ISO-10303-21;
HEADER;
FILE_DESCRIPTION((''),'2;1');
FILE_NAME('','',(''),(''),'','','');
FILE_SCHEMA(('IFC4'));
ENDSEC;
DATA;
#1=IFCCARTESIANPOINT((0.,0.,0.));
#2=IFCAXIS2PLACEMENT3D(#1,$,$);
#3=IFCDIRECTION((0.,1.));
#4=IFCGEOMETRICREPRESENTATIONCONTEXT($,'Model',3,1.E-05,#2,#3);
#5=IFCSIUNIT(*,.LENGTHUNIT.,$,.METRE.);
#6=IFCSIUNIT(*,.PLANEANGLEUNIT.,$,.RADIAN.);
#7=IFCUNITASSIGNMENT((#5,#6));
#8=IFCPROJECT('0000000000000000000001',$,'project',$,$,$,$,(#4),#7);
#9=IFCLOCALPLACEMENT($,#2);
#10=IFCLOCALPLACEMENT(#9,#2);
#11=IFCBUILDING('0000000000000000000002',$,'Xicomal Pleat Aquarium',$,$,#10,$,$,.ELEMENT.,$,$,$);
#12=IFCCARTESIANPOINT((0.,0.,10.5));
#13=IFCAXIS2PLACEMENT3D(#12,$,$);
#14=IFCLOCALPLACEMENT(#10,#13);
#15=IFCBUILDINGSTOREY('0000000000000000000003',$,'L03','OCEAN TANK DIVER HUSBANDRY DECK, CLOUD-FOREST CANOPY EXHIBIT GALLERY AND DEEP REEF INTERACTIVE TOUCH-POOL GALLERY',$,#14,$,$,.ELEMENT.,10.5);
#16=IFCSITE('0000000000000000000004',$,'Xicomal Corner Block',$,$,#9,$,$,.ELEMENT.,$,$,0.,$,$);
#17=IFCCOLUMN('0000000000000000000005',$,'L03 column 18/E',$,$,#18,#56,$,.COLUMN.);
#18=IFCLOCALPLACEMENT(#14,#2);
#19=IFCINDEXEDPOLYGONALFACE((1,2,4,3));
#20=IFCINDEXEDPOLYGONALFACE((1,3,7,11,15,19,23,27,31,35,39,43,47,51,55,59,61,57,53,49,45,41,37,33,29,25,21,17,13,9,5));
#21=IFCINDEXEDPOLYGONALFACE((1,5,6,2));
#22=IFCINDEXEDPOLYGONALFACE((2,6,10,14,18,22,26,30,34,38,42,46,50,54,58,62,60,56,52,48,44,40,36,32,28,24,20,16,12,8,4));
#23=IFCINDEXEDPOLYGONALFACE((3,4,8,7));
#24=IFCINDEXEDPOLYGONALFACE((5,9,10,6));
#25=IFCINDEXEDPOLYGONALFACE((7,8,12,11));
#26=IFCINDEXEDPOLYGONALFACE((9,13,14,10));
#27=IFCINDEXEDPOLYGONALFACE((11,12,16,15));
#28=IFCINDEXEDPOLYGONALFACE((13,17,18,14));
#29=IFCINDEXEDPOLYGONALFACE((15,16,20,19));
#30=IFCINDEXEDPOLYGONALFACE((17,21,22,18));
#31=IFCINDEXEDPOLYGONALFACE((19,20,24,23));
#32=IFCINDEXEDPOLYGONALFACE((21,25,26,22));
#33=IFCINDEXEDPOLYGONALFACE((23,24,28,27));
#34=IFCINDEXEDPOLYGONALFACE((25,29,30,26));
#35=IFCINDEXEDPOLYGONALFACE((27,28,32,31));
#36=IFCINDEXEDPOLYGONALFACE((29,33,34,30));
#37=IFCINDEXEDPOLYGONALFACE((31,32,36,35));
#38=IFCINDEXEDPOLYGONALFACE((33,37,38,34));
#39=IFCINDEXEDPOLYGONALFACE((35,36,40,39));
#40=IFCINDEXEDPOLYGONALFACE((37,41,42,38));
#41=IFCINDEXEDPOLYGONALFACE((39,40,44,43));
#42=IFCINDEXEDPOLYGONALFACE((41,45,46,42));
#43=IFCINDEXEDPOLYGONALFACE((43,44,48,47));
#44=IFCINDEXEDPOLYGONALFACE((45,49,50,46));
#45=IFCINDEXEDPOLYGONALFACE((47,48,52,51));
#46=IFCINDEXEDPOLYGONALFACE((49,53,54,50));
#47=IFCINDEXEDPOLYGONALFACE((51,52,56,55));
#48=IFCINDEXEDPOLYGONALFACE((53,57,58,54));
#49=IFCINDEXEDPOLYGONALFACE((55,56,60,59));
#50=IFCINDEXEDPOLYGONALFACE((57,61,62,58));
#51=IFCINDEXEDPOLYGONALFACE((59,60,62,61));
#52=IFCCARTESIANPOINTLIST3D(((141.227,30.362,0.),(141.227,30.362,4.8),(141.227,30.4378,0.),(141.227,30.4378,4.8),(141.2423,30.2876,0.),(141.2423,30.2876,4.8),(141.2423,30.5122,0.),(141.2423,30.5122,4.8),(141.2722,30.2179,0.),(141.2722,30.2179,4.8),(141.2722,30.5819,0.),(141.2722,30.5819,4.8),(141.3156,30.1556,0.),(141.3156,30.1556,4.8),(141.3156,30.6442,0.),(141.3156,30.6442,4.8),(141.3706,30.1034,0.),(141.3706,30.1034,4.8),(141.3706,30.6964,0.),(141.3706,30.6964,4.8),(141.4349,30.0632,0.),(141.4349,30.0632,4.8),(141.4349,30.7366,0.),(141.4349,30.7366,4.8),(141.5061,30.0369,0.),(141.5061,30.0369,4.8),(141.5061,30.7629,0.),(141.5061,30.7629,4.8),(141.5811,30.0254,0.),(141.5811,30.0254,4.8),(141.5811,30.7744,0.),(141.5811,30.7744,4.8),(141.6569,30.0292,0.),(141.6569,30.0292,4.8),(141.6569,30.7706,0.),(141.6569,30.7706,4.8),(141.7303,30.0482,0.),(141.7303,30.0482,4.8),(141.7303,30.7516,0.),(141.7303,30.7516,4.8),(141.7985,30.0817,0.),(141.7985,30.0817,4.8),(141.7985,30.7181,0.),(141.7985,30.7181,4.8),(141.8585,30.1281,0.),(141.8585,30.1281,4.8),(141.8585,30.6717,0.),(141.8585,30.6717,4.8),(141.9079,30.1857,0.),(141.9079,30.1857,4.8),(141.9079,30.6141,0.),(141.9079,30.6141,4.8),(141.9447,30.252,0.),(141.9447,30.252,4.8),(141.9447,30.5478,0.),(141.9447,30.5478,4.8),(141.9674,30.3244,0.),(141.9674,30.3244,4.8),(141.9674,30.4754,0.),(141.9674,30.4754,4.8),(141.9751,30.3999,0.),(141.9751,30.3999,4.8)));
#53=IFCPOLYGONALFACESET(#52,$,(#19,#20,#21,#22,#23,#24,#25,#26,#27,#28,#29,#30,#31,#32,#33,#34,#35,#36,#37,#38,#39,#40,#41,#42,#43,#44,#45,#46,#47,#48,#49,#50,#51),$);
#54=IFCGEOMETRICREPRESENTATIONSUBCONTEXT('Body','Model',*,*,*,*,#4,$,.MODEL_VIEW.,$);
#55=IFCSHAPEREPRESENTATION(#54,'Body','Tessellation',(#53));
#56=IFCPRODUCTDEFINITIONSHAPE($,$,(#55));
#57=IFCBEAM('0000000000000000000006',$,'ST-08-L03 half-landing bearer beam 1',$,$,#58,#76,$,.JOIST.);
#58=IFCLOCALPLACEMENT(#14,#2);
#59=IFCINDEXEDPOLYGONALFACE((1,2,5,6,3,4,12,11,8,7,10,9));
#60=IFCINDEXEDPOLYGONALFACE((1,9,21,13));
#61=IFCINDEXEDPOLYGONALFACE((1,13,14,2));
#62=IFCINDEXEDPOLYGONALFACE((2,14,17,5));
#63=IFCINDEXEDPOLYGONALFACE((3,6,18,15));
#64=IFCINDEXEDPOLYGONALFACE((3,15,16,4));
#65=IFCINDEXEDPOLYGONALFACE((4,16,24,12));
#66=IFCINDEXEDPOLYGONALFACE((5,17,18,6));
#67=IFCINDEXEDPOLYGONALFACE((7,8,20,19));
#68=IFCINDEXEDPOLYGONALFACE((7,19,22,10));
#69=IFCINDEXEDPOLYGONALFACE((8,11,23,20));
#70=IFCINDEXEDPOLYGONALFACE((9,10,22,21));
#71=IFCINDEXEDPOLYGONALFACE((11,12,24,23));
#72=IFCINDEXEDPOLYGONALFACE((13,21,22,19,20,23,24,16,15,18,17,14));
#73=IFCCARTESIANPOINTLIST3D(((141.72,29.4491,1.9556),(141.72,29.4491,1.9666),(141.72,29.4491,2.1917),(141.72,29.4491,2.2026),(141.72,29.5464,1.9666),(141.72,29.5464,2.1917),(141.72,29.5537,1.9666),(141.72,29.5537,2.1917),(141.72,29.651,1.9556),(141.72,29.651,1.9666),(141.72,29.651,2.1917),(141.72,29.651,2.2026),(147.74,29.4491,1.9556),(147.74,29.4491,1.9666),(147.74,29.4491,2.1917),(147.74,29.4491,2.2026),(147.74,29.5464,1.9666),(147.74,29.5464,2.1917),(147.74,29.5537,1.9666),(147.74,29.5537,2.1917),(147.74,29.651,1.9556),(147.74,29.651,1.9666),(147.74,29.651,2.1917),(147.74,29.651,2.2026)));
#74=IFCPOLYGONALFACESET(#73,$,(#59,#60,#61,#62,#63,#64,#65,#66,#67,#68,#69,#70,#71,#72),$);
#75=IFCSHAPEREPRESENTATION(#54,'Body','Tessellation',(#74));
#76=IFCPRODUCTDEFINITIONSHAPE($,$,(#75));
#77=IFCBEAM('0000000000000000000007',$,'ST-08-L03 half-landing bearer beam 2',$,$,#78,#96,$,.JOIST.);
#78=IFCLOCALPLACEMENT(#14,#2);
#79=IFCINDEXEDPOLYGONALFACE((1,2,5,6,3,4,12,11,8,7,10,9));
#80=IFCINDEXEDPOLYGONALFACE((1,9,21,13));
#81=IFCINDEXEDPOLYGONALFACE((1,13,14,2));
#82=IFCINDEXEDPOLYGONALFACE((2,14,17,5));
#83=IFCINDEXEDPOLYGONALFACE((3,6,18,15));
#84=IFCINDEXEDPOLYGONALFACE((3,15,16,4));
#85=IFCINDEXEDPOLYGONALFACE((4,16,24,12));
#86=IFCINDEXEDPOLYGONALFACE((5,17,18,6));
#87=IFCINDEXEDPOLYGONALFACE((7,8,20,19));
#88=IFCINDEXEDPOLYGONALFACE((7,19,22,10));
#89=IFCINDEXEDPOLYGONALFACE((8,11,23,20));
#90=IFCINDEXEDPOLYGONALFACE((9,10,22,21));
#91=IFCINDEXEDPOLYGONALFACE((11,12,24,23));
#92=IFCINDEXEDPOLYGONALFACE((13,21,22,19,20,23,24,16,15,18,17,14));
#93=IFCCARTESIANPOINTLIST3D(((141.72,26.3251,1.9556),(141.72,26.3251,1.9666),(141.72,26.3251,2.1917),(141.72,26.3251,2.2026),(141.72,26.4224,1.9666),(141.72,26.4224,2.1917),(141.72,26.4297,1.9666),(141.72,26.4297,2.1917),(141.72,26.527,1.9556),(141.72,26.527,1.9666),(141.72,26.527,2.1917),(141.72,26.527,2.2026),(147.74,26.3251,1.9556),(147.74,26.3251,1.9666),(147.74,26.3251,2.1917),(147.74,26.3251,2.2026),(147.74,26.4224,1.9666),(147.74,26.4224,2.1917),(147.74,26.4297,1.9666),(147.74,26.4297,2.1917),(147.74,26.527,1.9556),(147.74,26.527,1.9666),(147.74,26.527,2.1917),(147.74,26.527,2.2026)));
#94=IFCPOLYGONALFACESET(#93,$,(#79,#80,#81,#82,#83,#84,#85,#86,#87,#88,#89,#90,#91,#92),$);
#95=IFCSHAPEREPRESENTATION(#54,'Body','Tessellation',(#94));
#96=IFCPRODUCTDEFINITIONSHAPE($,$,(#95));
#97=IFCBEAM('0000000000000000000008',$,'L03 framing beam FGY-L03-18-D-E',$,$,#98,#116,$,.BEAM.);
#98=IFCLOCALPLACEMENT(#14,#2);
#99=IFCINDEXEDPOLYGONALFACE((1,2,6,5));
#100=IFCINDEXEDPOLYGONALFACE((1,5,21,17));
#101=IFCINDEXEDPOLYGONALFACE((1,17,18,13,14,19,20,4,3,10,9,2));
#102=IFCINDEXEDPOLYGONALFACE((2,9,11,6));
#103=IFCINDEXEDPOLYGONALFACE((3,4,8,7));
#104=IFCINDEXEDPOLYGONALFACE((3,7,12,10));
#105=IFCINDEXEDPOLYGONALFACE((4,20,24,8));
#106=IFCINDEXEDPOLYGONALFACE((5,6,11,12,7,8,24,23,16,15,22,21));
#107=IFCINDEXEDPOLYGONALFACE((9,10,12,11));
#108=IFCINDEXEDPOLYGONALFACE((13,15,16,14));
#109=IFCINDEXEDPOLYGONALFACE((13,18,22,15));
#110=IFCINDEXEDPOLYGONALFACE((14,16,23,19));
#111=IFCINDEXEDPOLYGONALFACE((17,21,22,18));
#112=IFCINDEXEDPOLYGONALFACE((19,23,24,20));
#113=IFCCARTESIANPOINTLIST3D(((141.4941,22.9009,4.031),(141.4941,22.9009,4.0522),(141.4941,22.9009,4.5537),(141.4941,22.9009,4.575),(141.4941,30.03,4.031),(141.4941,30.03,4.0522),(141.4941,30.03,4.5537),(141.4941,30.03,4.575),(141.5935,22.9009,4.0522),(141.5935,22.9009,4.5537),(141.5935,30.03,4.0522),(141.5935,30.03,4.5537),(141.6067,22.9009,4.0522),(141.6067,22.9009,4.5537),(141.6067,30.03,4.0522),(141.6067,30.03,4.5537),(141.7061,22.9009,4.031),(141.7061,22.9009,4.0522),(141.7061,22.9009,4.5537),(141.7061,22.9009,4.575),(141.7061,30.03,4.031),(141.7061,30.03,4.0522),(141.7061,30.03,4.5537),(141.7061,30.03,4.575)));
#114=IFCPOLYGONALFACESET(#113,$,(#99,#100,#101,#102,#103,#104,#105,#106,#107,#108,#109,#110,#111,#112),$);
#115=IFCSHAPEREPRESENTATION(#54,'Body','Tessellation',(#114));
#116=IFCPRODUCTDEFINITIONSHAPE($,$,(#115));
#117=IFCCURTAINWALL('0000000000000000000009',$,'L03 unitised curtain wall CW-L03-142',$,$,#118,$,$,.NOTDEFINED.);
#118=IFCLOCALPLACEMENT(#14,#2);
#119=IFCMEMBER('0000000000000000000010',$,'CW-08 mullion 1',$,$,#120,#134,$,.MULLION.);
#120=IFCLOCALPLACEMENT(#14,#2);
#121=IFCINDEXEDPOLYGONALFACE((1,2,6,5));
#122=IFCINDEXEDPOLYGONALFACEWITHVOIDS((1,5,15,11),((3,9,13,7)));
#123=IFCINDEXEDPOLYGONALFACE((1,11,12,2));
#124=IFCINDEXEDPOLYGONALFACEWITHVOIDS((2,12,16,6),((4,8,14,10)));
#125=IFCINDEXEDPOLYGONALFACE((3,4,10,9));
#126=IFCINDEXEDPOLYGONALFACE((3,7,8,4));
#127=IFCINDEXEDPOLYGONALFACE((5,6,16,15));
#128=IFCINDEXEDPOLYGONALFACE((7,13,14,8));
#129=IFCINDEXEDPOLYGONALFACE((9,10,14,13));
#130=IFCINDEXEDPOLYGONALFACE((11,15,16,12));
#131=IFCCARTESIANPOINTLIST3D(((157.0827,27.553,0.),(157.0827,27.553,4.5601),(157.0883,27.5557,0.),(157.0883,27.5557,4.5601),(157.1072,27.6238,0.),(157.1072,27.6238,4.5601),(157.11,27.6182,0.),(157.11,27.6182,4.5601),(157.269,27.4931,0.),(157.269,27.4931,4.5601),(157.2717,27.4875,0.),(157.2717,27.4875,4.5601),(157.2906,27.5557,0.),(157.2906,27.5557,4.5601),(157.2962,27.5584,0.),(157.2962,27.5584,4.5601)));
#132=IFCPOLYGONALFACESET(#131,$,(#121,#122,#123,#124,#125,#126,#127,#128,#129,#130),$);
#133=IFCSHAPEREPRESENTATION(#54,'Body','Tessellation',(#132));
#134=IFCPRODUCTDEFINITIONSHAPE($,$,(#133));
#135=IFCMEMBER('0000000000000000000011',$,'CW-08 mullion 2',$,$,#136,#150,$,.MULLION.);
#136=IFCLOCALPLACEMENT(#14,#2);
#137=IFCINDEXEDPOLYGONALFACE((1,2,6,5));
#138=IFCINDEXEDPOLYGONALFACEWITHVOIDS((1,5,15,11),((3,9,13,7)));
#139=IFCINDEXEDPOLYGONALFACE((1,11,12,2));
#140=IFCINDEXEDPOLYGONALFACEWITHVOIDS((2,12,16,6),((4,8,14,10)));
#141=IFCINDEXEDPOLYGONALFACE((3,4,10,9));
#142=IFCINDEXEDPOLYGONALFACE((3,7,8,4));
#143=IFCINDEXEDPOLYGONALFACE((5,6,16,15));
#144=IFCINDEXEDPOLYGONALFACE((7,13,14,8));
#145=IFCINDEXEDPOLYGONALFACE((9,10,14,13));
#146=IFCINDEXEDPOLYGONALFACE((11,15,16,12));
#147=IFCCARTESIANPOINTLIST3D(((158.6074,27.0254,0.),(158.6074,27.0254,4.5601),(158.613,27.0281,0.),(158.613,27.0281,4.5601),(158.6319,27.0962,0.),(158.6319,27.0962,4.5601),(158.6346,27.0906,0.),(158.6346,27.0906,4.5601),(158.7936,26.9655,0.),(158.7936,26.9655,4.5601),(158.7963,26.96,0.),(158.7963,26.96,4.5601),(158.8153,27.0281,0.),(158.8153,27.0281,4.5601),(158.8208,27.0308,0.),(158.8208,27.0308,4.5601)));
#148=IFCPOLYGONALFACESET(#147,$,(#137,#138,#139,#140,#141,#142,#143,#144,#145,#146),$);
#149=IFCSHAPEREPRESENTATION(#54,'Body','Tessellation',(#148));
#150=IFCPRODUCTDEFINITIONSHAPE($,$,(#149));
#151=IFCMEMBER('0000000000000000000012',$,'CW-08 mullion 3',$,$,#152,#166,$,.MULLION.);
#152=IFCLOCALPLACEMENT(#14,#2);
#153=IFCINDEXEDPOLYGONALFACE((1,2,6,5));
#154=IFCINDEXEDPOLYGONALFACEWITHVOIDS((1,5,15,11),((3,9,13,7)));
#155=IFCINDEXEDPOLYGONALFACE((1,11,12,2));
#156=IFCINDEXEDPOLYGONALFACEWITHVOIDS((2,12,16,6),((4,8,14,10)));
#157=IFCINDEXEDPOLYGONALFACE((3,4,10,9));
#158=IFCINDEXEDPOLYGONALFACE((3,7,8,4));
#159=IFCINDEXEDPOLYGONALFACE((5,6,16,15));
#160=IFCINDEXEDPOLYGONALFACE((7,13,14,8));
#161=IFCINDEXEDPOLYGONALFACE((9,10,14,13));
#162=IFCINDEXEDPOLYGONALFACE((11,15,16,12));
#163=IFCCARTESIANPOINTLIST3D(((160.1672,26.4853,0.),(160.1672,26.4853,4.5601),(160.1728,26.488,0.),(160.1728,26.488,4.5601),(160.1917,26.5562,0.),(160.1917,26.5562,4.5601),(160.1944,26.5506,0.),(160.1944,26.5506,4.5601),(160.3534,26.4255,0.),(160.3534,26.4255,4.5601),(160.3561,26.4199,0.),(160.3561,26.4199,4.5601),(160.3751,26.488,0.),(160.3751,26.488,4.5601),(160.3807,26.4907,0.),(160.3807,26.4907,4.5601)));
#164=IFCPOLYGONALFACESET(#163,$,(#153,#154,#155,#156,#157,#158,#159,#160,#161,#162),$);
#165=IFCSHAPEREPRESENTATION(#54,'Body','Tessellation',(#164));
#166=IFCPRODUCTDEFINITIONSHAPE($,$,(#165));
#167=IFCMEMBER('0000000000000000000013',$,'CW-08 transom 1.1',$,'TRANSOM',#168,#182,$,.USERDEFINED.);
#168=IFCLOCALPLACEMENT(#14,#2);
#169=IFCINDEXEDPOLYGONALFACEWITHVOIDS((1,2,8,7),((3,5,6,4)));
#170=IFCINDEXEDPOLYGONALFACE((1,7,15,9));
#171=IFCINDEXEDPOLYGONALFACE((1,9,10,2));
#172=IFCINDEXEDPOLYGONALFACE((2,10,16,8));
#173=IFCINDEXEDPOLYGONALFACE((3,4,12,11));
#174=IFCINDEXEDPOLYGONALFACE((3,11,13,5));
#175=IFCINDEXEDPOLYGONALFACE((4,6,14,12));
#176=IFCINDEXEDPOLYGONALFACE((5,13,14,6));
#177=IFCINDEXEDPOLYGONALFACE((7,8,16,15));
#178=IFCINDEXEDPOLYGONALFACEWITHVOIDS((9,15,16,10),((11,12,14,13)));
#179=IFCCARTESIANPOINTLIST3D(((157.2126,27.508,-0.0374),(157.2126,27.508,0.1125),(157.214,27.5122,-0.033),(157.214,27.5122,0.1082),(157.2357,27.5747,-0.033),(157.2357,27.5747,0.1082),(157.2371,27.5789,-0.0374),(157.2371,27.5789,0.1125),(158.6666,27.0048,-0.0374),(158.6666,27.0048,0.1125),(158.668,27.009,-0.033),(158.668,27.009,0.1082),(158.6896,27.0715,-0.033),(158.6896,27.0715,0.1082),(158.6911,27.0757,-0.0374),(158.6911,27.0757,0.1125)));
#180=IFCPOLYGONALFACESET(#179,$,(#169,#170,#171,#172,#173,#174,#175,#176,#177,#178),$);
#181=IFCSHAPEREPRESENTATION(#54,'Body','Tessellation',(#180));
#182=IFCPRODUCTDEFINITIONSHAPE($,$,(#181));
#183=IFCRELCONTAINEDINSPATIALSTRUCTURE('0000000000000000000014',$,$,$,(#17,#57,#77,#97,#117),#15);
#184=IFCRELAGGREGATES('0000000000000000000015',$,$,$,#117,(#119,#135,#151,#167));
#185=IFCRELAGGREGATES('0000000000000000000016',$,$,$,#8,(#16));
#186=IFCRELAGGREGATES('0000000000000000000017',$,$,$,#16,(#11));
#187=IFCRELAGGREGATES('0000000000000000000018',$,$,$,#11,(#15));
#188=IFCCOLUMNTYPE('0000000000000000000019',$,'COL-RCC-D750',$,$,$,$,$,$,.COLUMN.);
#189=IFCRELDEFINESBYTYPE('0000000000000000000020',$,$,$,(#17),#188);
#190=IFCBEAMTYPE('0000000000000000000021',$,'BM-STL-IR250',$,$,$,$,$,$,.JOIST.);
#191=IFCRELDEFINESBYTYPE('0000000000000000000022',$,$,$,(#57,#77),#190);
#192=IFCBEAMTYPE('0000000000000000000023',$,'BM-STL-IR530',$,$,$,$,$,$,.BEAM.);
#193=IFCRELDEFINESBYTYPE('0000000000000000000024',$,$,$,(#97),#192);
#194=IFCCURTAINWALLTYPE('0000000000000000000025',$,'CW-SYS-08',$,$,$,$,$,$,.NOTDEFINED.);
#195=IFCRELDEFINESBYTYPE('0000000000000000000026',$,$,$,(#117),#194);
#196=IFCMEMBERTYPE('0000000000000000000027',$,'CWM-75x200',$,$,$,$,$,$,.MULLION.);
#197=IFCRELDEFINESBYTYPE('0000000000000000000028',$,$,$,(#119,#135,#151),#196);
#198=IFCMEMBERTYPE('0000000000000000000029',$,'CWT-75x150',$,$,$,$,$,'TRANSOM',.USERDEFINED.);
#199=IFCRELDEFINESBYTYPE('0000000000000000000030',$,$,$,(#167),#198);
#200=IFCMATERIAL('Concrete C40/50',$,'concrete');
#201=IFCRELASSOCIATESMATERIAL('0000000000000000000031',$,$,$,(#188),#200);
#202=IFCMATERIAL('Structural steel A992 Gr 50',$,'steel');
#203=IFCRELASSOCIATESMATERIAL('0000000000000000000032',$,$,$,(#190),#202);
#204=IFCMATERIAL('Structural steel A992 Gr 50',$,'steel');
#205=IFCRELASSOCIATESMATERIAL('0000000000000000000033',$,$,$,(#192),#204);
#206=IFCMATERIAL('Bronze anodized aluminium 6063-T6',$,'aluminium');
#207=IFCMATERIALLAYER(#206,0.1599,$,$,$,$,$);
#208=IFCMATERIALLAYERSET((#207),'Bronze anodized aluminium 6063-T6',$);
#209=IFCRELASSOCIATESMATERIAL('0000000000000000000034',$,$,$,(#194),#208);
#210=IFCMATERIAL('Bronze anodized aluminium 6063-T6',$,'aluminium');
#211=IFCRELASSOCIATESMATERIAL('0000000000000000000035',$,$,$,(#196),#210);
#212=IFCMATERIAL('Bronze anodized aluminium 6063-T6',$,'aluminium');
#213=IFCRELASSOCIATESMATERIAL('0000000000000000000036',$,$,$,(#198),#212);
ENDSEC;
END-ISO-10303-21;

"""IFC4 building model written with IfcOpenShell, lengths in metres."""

from ifc_helpers import new_model, si_unit, direction, frame, origin, origin_2d, place, context, subcontext, project, spatial, hollow_rectangle, circle, i_section, extrude, material, layer, layer_set, material_profile, profile_set, type_object, element, aggregate, save


model = new_model("IFC4")

# Units and contexts
model_context = context("Model", 3, precision=1e-05, world=origin(), true_north=direction((0.0, 1.0)))
body_context = subcontext(model_context, "Body", "Model", "MODEL_VIEW")
ifc_project = project(units=[si_unit("LENGTHUNIT", "METRE"), si_unit("PLANEANGLEUNIT", "RADIAN")], contexts=[model_context])

# Site, building, storey
site_placement = place(None, origin())
site = spatial("IfcSite", under=ifc_project, at=site_placement, Name="Xicomal Corner Block", CompositionType="ELEMENT", RefElevation=0.0)
building_placement = place(site_placement, origin())
building = spatial("IfcBuilding", under=site, at=building_placement, Name="Xicomal Pleat Aquarium", CompositionType="ELEMENT")
storey_placement = place(building_placement, frame((0.0, 0.0, 10.5)))
storey = spatial("IfcBuildingStorey", under=building, at=storey_placement, Name="L03", Description="OCEAN TANK DIVER HUSBANDRY DECK, CLOUD-FOREST CANOPY EXHIBIT GALLERY AND DEEP REEF INTERACTIVE TOUCH-POOL GALLERY", CompositionType="ELEMENT", Elevation=10.5)

# Column
ifc_material_1 = material(Name="Concrete C40/50", Category="concrete")
ifc_material_profile_1 = material_profile(ifc_material_1, circle(Radius=0.375, at=origin_2d()), Name="RCC D750")
ifc_profile_set_1 = profile_set([ifc_material_profile_1], Name="Concrete C40/50")
column_type = type_object("IfcColumnType", Name="COL-RCC-D750", PredefinedType="COLUMN", material=ifc_profile_set_1)
column_placement = place(storey_placement, frame((141.6001, 30.3999, 0.0), z_axis=(0.0, 0.0, 1.0), x_axis=(1.0, 0.0, 0.0)))
element("IfcColumn", 1, at=column_placement, inside=storey, type_object=column_type, Name="L03 column 18/E", PredefinedType="COLUMN", context=body_context, shape_type="SweptSolid", body=[
    extrude(circle(Radius=0.375, at=origin_2d()), origin(), (0.0, 0.0, 1.0), 4.8),
])

# Beams
ifc_material_2 = material(Name="Structural steel A992 Gr 50", Category="steel")
ifc_material_profile_2 = material_profile(ifc_material_2, i_section(OverallWidth=0.2019, OverallDepth=0.2471, WebThickness=0.0073, FlangeThickness=0.011, at=origin_2d()), Name="IR 250x49")
ifc_profile_set_2 = profile_set([ifc_material_profile_2], Name="Structural steel A992 Gr 50")
beam_type_1 = type_object("IfcBeamType", Name="BM-STL-IR250", PredefinedType="JOIST", material=ifc_profile_set_2)
for number, where, z_axis, x_axis, name in (
    (2, (141.72, 29.55, 2.0791), (1.0, 0.0, 0.0), (0.0, 1.0, 0.0), "ST-08-L03 half-landing bearer beam 1"),
    (3, (141.72, 26.426, 2.0791), (1.0, 0.0, 0.0), (0.0, 1.0, 0.0), "ST-08-L03 half-landing bearer beam 2"),
):
    element("IfcBeam", number, at=place(storey_placement, frame(where, z_axis=z_axis, x_axis=x_axis)), inside=storey, type_object=beam_type_1, Name=name, PredefinedType="JOIST", context=body_context, shape_type="SweptSolid", body=[
        extrude(i_section(OverallWidth=0.2019, OverallDepth=0.2471, WebThickness=0.0073, FlangeThickness=0.011, at=origin_2d()), origin(), (0.0, 0.0, 1.0), 6.02),
    ])
ifc_material_3 = material(Name="Structural steel A992 Gr 50", Category="steel")
ifc_material_profile_3 = material_profile(ifc_material_3, i_section(OverallWidth=0.2119, OverallDepth=0.5439, WebThickness=0.0132, FlangeThickness=0.0212, at=origin_2d()), Name="IR 530x123")
ifc_profile_set_3 = profile_set([ifc_material_profile_3], Name="Structural steel A992 Gr 50")
beam_type_2 = type_object("IfcBeamType", Name="BM-STL-IR530", PredefinedType="BEAM", material=ifc_profile_set_3)
beam_placement = place(storey_placement, frame((141.6001, 22.9009, 4.303), z_axis=(0.0, 1.0, 0.0), x_axis=(-1.0, 0.0, 0.0)))
element("IfcBeam", 4, at=beam_placement, inside=storey, type_object=beam_type_2, Name="L03 framing beam FGY-L03-18-D-E", PredefinedType="BEAM", context=body_context, shape_type="SweptSolid", body=[
    extrude(i_section(OverallWidth=0.2119, OverallDepth=0.5439, WebThickness=0.0132, FlangeThickness=0.0212, at=origin_2d()), origin(), (0.0, 0.0, 1.0), 7.1292),
])

# Curtain wall, members
ifc_material_4 = material(Name="Bronze anodized aluminium 6063-T6", Category="aluminium")
ifc_layer_1 = layer(ifc_material_4, 0.1599)
ifc_layer_set_1 = layer_set([ifc_layer_1], Name="Bronze anodized aluminium 6063-T6")
curtain_wall_type = type_object("IfcCurtainWallType", Name="CW-SYS-08", PredefinedType="NOTDEFINED", material=ifc_layer_set_1)
curtain_wall_placement = place(storey_placement, origin())
curtain_wall = element("IfcCurtainWall", 5, at=curtain_wall_placement, inside=storey, type_object=curtain_wall_type, Name="L03 unitised curtain wall CW-L03-142", PredefinedType="NOTDEFINED")
ifc_material_5 = material(Name="Bronze anodized aluminium 6063-T6", Category="aluminium")
ifc_material_profile_4 = material_profile(ifc_material_5, hollow_rectangle(XDim=0.075, YDim=0.2, WallThickness=0.0044, at=origin_2d()), Name="ALU MULL 75x200")
ifc_profile_set_4 = profile_set([ifc_material_profile_4], Name="Bronze anodized aluminium 6063-T6")
member_type_1 = type_object("IfcMemberType", Name="CWM-75x200", PredefinedType="MULLION", material=ifc_profile_set_4)
member_1_placement = place(storey_placement, frame((157.1895, 27.5557, 0.0), z_axis=(0.0, 0.0, 1.0), x_axis=(0.327111, 0.944986, 0.0)))
member_1 = element("IfcMember", 6, at=member_1_placement, type_object=member_type_1, Name="CW-08 mullion 1", PredefinedType="MULLION", context=body_context, shape_type="SweptSolid", body=[
    extrude(hollow_rectangle(XDim=0.075, YDim=0.2, WallThickness=0.0044, at=origin_2d()), origin(), (0.0, 0.0, 1.0), 4.5601),
])
member_2_placement = place(storey_placement, frame((158.7141, 27.0281, 0.0), z_axis=(0.0, 0.0, 1.0), x_axis=(0.327111, 0.944986, 0.0)))
member_2 = element("IfcMember", 7, at=member_2_placement, type_object=member_type_1, Name="CW-08 mullion 2", PredefinedType="MULLION", context=body_context, shape_type="SweptSolid", body=[
    extrude(hollow_rectangle(XDim=0.075, YDim=0.2, WallThickness=0.0044, at=origin_2d()), origin(), (0.0, 0.0, 1.0), 4.5601),
])
member_3_placement = place(storey_placement, frame((160.2739, 26.488, 0.0), z_axis=(0.0, 0.0, 1.0), x_axis=(0.327111, 0.944986, 0.0)))
member_3 = element("IfcMember", 8, at=member_3_placement, type_object=member_type_1, Name="CW-08 mullion 3", PredefinedType="MULLION", context=body_context, shape_type="SweptSolid", body=[
    extrude(hollow_rectangle(XDim=0.075, YDim=0.2, WallThickness=0.0044, at=origin_2d()), origin(), (0.0, 0.0, 1.0), 4.5601),
])
ifc_material_6 = material(Name="Bronze anodized aluminium 6063-T6", Category="aluminium")
ifc_material_profile_5 = material_profile(ifc_material_6, hollow_rectangle(XDim=0.075, YDim=0.1499, WallThickness=0.0044, at=origin_2d()), Name="ALU TRAN 75x150")
ifc_profile_set_5 = profile_set([ifc_material_profile_5], Name="Bronze anodized aluminium 6063-T6")
member_type_2 = type_object("IfcMemberType", Name="CWT-75x150", ElementType="TRANSOM", PredefinedType="USERDEFINED", material=ifc_profile_set_5)
member_4_placement = place(storey_placement, frame((157.2249, 27.5435, 0.0376), z_axis=(0.945003, -0.327062, 0.0), x_axis=(0.327062, 0.945003, 0.0)))
member_4 = element("IfcMember", 9, at=member_4_placement, type_object=member_type_2, Name="CW-08 transom 1.1", ObjectType="TRANSOM", PredefinedType="USERDEFINED", context=body_context, shape_type="SweptSolid", body=[
    extrude(hollow_rectangle(XDim=0.075, YDim=0.1499, WallThickness=0.0044, at=origin_2d()), origin(), (0.0, 0.0, 1.0), 1.5386),
])
aggregate(curtain_wall, [member_1, member_2, member_3, member_4])

save(model, "model.ifc")
